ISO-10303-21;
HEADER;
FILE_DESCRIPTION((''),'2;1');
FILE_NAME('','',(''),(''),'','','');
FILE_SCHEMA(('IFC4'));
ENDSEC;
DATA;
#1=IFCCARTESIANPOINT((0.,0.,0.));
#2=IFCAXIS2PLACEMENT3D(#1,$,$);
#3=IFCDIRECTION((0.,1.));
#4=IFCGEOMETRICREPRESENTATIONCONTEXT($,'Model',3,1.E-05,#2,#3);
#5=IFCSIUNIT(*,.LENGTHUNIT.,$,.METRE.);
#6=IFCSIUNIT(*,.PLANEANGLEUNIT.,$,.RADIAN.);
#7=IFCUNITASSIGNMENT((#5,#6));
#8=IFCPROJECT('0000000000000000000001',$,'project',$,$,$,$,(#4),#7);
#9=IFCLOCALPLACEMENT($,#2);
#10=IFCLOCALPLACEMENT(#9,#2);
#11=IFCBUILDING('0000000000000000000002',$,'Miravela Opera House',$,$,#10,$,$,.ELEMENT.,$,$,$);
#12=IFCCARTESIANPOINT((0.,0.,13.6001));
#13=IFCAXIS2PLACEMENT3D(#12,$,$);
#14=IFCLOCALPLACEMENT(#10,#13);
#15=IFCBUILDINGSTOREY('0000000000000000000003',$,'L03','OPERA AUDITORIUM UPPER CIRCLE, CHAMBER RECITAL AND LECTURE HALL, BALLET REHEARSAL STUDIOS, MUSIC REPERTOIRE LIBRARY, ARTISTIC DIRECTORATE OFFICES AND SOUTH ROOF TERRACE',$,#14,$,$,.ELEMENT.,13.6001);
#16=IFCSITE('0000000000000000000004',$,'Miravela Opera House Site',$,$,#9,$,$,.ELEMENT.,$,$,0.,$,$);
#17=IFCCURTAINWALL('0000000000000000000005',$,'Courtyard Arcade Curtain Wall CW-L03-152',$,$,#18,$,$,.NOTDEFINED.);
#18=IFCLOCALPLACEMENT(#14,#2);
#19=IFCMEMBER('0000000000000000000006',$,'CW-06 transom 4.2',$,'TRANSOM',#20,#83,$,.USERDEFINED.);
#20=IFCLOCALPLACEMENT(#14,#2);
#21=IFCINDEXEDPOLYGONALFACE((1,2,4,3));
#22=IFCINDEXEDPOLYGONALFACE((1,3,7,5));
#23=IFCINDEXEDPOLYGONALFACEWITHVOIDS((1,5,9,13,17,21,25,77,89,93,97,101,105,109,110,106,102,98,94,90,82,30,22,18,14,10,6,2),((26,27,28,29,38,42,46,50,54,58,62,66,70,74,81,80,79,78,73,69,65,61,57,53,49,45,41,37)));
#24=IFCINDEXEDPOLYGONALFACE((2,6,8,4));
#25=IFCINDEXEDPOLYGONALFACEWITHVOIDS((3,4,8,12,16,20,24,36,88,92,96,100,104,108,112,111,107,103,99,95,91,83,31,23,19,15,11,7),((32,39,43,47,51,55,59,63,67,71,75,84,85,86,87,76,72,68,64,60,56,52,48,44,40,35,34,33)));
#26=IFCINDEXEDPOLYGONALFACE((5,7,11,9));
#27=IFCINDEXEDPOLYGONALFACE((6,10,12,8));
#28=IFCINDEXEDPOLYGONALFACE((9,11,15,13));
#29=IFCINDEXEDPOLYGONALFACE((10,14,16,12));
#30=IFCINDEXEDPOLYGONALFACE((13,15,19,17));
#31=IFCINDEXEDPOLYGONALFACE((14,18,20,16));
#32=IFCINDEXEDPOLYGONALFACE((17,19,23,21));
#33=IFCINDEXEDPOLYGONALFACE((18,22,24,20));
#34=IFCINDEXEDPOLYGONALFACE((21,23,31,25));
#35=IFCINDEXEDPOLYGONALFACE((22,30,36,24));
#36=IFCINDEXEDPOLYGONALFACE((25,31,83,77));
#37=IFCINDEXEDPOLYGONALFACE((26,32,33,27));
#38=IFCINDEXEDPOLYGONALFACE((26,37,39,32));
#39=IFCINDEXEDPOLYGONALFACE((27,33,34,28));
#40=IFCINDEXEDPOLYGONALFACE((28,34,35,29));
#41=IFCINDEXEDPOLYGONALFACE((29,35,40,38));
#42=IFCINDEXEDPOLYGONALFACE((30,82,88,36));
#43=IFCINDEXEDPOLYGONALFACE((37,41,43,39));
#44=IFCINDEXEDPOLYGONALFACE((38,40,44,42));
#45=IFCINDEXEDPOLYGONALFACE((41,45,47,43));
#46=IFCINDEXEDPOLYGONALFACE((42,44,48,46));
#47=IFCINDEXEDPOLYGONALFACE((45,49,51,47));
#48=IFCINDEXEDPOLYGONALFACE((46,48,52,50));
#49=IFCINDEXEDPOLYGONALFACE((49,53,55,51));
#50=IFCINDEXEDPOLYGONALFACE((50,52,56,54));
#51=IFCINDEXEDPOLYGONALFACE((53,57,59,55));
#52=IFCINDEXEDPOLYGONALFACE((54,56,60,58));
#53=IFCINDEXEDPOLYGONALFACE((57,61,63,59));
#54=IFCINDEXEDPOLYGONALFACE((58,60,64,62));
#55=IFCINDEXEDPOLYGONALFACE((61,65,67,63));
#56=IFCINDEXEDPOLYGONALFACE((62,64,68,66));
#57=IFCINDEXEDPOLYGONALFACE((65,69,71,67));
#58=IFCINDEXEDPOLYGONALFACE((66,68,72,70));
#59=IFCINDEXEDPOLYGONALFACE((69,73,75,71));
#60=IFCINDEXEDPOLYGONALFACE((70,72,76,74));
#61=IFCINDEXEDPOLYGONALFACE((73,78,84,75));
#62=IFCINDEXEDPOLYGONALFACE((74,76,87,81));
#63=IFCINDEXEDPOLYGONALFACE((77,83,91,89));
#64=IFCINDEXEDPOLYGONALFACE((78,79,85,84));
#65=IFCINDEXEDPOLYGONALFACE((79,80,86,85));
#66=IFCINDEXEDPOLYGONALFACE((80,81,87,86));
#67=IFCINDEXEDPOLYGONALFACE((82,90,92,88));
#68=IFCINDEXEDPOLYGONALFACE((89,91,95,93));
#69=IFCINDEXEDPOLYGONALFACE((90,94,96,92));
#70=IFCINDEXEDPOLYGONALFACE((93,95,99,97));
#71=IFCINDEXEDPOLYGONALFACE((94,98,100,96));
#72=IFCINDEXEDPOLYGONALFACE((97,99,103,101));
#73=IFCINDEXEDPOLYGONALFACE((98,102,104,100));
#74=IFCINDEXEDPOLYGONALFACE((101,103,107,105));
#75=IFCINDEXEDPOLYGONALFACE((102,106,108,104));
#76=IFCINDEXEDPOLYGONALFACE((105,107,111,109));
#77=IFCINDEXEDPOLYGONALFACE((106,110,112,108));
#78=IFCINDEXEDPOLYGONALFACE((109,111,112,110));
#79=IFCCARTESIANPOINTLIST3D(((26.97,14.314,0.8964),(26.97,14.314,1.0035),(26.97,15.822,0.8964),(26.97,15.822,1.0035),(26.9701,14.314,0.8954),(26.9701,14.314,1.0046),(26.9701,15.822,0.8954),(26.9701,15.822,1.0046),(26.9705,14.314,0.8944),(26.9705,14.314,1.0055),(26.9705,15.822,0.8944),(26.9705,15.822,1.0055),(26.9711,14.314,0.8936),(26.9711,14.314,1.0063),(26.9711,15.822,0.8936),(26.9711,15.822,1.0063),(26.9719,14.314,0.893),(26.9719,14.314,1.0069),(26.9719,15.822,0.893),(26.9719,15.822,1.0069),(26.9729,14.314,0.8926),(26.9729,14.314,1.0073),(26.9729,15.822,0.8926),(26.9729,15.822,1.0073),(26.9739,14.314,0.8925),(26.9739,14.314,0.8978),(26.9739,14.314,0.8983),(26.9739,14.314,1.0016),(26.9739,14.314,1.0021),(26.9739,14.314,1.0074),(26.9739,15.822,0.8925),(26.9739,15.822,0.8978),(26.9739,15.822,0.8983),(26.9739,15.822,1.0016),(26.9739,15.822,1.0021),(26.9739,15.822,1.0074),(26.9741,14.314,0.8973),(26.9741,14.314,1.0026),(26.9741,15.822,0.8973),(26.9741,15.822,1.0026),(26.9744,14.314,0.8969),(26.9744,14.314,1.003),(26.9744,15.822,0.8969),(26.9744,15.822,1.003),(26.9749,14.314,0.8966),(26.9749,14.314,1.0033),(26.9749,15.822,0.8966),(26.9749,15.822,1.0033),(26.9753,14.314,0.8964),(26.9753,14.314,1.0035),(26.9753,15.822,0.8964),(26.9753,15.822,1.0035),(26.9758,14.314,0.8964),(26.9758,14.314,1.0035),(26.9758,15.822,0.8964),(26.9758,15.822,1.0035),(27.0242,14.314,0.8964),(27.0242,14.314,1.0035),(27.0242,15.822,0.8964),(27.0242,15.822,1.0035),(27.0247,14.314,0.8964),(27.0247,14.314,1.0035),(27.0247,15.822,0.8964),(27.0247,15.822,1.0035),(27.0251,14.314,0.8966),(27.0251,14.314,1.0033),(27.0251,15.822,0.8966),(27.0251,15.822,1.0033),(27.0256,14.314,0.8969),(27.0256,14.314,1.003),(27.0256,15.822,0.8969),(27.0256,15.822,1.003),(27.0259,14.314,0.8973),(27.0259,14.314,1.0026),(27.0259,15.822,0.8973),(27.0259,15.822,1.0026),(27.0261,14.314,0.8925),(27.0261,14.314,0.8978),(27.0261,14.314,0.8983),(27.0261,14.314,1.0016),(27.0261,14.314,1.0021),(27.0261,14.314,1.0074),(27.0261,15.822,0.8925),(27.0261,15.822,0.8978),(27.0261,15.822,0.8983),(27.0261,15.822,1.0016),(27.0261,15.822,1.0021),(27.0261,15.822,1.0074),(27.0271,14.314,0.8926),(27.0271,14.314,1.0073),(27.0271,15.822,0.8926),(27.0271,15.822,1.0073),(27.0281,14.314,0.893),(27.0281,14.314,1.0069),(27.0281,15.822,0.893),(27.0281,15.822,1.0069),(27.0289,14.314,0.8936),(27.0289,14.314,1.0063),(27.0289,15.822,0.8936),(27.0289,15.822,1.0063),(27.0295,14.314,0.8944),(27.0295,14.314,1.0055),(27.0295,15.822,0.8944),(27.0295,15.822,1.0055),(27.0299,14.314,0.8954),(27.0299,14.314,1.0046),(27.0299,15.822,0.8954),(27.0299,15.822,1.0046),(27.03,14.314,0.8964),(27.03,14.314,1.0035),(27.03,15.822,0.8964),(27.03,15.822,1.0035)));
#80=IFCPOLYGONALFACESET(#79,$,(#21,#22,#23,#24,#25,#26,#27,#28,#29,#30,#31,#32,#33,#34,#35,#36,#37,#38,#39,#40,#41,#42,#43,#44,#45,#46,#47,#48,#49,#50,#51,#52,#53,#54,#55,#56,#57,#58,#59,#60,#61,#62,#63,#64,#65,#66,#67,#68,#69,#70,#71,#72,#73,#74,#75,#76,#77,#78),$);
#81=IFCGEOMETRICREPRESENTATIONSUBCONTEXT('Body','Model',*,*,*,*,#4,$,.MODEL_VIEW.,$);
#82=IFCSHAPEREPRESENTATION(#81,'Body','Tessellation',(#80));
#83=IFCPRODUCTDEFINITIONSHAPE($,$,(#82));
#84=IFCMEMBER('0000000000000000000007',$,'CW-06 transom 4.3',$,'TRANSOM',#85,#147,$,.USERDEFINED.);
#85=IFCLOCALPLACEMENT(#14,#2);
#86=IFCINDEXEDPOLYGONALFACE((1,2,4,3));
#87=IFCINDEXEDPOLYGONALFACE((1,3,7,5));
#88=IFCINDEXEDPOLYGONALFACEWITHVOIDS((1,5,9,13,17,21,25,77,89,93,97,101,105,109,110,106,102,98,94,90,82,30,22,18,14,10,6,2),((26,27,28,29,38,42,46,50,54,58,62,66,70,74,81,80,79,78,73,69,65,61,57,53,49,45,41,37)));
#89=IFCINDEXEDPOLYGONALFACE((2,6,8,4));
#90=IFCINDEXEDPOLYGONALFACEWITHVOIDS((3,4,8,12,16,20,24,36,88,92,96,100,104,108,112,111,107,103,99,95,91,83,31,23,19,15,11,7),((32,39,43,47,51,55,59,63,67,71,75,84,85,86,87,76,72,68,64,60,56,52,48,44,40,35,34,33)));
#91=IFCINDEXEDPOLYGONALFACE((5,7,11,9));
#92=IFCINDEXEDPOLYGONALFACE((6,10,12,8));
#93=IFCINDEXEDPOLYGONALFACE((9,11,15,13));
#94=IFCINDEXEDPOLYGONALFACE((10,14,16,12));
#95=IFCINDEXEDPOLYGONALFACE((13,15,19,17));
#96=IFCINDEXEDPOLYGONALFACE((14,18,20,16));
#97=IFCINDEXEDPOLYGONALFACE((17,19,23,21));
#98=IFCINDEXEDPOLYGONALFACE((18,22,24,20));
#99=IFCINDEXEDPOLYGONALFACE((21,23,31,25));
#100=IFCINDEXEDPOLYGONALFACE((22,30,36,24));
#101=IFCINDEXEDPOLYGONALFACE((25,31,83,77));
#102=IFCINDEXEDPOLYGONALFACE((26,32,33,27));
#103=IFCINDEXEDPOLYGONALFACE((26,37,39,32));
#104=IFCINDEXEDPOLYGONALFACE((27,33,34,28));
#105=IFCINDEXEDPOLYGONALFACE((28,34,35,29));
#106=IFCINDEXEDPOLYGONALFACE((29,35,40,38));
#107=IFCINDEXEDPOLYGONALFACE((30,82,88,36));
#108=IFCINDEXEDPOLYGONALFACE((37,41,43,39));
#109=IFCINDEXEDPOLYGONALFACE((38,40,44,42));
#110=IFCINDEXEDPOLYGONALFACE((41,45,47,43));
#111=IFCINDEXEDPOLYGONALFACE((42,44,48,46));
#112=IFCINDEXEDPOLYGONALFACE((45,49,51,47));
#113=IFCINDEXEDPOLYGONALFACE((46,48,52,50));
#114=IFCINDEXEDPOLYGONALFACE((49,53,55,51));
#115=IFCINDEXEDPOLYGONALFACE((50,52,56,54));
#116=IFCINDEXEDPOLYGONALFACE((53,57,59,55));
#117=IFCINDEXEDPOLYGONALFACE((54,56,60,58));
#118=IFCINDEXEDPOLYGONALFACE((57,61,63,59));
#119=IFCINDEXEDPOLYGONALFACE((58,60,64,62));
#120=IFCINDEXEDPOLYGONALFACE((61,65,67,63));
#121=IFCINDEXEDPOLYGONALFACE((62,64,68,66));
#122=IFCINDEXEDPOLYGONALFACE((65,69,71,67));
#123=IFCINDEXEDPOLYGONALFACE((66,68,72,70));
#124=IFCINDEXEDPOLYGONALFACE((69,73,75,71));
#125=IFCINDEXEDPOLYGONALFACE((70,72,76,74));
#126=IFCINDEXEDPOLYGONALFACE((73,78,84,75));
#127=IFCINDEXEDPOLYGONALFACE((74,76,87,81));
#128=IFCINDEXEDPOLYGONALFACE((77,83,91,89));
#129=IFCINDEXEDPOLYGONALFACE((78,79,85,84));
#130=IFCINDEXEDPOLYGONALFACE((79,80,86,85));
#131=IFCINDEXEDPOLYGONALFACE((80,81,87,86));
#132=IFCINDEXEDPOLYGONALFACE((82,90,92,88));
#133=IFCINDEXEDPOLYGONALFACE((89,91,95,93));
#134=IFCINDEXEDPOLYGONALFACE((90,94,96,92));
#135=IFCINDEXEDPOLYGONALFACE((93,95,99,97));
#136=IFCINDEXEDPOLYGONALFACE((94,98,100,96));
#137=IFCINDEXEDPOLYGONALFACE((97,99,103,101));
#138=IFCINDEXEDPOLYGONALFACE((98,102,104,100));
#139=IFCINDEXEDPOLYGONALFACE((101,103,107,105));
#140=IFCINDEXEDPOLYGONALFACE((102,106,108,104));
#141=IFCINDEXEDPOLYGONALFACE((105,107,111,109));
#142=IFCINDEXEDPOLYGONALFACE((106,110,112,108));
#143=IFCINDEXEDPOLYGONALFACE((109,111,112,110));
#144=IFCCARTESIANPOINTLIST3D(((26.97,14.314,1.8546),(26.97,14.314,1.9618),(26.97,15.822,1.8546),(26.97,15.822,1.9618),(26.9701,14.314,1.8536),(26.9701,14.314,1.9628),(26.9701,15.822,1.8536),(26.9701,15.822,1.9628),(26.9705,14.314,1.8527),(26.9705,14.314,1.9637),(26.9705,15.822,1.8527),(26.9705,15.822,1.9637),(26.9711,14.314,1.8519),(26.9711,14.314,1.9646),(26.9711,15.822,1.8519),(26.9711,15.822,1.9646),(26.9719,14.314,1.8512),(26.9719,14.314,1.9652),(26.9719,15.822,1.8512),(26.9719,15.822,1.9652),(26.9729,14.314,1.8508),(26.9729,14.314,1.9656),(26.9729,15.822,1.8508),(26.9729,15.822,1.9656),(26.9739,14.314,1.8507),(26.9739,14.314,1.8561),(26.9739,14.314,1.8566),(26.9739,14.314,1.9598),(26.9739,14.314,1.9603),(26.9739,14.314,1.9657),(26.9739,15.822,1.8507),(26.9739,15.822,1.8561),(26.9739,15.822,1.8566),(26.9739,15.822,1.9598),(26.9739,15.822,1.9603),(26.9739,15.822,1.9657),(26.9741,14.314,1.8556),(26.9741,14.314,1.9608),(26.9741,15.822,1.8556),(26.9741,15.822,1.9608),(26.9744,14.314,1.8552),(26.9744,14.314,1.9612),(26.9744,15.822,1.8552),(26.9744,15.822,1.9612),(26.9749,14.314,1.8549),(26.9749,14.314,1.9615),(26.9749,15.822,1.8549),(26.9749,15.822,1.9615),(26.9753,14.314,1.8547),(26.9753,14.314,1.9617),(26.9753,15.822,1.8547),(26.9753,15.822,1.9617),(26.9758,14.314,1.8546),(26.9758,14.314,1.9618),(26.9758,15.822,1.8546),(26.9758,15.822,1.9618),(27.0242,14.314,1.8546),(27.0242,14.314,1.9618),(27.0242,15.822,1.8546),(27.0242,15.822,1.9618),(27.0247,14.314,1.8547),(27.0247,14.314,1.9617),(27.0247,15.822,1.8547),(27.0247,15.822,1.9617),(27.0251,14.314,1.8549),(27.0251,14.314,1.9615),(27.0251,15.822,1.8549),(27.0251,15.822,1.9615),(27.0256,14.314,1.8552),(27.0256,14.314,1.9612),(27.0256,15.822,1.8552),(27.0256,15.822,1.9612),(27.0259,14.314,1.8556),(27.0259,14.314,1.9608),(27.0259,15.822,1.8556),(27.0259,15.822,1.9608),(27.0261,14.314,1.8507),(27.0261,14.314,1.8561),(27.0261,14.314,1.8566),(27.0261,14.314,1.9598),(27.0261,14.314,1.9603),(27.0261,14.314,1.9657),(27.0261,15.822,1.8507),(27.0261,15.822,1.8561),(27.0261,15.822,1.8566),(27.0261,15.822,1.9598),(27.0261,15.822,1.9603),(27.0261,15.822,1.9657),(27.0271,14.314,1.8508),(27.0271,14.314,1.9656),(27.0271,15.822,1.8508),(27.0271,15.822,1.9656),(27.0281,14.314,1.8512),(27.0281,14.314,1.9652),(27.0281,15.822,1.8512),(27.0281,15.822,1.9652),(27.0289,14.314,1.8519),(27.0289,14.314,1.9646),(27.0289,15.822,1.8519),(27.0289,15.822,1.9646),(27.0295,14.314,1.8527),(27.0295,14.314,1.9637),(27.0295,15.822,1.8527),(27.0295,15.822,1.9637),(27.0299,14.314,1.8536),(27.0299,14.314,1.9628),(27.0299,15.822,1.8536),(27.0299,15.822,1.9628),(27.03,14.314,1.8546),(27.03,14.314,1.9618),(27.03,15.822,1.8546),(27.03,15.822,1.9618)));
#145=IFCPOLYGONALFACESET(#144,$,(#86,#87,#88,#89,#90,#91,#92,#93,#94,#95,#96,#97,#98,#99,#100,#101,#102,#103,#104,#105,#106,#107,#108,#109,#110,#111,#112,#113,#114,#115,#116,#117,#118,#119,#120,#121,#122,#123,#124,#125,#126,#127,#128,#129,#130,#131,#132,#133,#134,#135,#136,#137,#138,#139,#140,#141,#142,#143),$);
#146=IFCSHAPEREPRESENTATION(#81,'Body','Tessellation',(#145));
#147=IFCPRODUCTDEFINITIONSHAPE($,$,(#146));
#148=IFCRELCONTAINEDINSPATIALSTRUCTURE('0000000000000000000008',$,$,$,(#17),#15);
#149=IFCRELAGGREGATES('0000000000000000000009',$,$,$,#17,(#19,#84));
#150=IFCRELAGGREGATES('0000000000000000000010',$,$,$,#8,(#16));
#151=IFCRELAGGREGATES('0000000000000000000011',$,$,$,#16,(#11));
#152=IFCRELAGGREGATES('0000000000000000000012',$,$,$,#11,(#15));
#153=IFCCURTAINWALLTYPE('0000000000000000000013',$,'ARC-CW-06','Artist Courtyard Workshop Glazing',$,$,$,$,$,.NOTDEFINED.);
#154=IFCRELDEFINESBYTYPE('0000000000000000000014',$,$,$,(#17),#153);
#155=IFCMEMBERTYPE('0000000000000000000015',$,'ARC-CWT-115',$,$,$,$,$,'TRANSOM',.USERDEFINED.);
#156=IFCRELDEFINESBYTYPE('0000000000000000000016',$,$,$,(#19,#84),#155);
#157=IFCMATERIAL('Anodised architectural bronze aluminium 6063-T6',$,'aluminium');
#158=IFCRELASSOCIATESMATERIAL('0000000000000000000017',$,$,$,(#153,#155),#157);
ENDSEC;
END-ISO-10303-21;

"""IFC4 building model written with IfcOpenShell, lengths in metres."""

from ifc_helpers import new_model, si_unit, direction, frame, origin, origin_2d, place, context, subcontext, project, spatial, hollow_rectangle, extrude, material, material_profile, profile_set, type_object, element, aggregate, save


model = new_model("IFC4")

# Units and contexts
model_context = context("Model", 3, precision=1e-05, world=origin(), true_north=direction((0.0, 1.0)))
body_context = subcontext(model_context, "Body", "Model", "MODEL_VIEW")
ifc_project = project(units=[si_unit("LENGTHUNIT", "METRE"), si_unit("PLANEANGLEUNIT", "RADIAN")], contexts=[model_context])

# Site, building, storey
site_placement = place(None, origin())
site = spatial("IfcSite", under=ifc_project, at=site_placement, Name="Miravela Opera House Site", CompositionType="ELEMENT", RefElevation=0.0)
building_placement = place(site_placement, origin())
building = spatial("IfcBuilding", under=site, at=building_placement, Name="Miravela Opera House", CompositionType="ELEMENT")
storey_placement = place(building_placement, frame((0.0, 0.0, 13.6001)))
storey = spatial("IfcBuildingStorey", under=building, at=storey_placement, Name="L03", Description="OPERA AUDITORIUM UPPER CIRCLE, CHAMBER RECITAL AND LECTURE HALL, BALLET REHEARSAL STUDIOS, MUSIC REPERTOIRE LIBRARY, ARTISTIC DIRECTORATE OFFICES AND SOUTH ROOF TERRACE", CompositionType="ELEMENT", Elevation=13.6001)

# Curtain wall, members
ifc_material_1 = material(Name="Anodised architectural bronze aluminium 6063-T6", Category="aluminium")
curtain_wall_type = type_object("IfcCurtainWallType", Name="ARC-CW-06", Description="Artist Courtyard Workshop Glazing", PredefinedType="NOTDEFINED", material=ifc_material_1)
curtain_wall_placement = place(storey_placement, origin())
curtain_wall = element("IfcCurtainWall", 1, at=curtain_wall_placement, inside=storey, type_object=curtain_wall_type, Name="Courtyard Arcade Curtain Wall CW-L03-152", PredefinedType="NOTDEFINED")
ifc_material_profile_1 = material_profile(ifc_material_1, hollow_rectangle(XDim=0.0601, YDim=0.115, WallThickness=0.0039, InnerFilletRadius=0.002, OuterFilletRadius=0.0039, at=origin_2d()), Name="CWT-60X115")
ifc_profile_set_1 = profile_set([ifc_material_profile_1])
member_type_1 = type_object("IfcMemberType", Name="ARC-CWT-115", ElementType="TRANSOM", PredefinedType="USERDEFINED", material=ifc_profile_set_1)
member_1_placement = place(storey_placement, frame((27.0, 14.314, 0.95), z_axis=(0.0, 1.0, 0.0), x_axis=(-1.0, 0.0, 0.0)))
member_1 = element("IfcMember", 2, at=member_1_placement, type_object=member_type_1, Name="CW-06 transom 4.2", ObjectType="TRANSOM", PredefinedType="USERDEFINED", context=body_context, shape_type="SweptSolid", body=[
    extrude(hollow_rectangle(XDim=0.0601, YDim=0.115, WallThickness=0.0039, InnerFilletRadius=0.002, OuterFilletRadius=0.0039, at=origin_2d()), origin(), (0.0, 0.0, 1.0), 1.5081),
])
member_2_placement = place(storey_placement, frame((27.0, 14.314, 1.9082), z_axis=(0.0, 1.0, 0.0), x_axis=(-1.0, 0.0, 0.0)))
member_2 = element("IfcMember", 3, at=member_2_placement, type_object=member_type_1, Name="CW-06 transom 4.3", ObjectType="TRANSOM", PredefinedType="USERDEFINED", context=body_context, shape_type="SweptSolid", body=[
    extrude(hollow_rectangle(XDim=0.0601, YDim=0.115, WallThickness=0.0039, InnerFilletRadius=0.002, OuterFilletRadius=0.0039, at=origin_2d()), origin(), (0.0, 0.0, 1.0), 1.5081),
])

aggregate(curtain_wall, [member_1, member_2])

save(model, "model.ifc")
